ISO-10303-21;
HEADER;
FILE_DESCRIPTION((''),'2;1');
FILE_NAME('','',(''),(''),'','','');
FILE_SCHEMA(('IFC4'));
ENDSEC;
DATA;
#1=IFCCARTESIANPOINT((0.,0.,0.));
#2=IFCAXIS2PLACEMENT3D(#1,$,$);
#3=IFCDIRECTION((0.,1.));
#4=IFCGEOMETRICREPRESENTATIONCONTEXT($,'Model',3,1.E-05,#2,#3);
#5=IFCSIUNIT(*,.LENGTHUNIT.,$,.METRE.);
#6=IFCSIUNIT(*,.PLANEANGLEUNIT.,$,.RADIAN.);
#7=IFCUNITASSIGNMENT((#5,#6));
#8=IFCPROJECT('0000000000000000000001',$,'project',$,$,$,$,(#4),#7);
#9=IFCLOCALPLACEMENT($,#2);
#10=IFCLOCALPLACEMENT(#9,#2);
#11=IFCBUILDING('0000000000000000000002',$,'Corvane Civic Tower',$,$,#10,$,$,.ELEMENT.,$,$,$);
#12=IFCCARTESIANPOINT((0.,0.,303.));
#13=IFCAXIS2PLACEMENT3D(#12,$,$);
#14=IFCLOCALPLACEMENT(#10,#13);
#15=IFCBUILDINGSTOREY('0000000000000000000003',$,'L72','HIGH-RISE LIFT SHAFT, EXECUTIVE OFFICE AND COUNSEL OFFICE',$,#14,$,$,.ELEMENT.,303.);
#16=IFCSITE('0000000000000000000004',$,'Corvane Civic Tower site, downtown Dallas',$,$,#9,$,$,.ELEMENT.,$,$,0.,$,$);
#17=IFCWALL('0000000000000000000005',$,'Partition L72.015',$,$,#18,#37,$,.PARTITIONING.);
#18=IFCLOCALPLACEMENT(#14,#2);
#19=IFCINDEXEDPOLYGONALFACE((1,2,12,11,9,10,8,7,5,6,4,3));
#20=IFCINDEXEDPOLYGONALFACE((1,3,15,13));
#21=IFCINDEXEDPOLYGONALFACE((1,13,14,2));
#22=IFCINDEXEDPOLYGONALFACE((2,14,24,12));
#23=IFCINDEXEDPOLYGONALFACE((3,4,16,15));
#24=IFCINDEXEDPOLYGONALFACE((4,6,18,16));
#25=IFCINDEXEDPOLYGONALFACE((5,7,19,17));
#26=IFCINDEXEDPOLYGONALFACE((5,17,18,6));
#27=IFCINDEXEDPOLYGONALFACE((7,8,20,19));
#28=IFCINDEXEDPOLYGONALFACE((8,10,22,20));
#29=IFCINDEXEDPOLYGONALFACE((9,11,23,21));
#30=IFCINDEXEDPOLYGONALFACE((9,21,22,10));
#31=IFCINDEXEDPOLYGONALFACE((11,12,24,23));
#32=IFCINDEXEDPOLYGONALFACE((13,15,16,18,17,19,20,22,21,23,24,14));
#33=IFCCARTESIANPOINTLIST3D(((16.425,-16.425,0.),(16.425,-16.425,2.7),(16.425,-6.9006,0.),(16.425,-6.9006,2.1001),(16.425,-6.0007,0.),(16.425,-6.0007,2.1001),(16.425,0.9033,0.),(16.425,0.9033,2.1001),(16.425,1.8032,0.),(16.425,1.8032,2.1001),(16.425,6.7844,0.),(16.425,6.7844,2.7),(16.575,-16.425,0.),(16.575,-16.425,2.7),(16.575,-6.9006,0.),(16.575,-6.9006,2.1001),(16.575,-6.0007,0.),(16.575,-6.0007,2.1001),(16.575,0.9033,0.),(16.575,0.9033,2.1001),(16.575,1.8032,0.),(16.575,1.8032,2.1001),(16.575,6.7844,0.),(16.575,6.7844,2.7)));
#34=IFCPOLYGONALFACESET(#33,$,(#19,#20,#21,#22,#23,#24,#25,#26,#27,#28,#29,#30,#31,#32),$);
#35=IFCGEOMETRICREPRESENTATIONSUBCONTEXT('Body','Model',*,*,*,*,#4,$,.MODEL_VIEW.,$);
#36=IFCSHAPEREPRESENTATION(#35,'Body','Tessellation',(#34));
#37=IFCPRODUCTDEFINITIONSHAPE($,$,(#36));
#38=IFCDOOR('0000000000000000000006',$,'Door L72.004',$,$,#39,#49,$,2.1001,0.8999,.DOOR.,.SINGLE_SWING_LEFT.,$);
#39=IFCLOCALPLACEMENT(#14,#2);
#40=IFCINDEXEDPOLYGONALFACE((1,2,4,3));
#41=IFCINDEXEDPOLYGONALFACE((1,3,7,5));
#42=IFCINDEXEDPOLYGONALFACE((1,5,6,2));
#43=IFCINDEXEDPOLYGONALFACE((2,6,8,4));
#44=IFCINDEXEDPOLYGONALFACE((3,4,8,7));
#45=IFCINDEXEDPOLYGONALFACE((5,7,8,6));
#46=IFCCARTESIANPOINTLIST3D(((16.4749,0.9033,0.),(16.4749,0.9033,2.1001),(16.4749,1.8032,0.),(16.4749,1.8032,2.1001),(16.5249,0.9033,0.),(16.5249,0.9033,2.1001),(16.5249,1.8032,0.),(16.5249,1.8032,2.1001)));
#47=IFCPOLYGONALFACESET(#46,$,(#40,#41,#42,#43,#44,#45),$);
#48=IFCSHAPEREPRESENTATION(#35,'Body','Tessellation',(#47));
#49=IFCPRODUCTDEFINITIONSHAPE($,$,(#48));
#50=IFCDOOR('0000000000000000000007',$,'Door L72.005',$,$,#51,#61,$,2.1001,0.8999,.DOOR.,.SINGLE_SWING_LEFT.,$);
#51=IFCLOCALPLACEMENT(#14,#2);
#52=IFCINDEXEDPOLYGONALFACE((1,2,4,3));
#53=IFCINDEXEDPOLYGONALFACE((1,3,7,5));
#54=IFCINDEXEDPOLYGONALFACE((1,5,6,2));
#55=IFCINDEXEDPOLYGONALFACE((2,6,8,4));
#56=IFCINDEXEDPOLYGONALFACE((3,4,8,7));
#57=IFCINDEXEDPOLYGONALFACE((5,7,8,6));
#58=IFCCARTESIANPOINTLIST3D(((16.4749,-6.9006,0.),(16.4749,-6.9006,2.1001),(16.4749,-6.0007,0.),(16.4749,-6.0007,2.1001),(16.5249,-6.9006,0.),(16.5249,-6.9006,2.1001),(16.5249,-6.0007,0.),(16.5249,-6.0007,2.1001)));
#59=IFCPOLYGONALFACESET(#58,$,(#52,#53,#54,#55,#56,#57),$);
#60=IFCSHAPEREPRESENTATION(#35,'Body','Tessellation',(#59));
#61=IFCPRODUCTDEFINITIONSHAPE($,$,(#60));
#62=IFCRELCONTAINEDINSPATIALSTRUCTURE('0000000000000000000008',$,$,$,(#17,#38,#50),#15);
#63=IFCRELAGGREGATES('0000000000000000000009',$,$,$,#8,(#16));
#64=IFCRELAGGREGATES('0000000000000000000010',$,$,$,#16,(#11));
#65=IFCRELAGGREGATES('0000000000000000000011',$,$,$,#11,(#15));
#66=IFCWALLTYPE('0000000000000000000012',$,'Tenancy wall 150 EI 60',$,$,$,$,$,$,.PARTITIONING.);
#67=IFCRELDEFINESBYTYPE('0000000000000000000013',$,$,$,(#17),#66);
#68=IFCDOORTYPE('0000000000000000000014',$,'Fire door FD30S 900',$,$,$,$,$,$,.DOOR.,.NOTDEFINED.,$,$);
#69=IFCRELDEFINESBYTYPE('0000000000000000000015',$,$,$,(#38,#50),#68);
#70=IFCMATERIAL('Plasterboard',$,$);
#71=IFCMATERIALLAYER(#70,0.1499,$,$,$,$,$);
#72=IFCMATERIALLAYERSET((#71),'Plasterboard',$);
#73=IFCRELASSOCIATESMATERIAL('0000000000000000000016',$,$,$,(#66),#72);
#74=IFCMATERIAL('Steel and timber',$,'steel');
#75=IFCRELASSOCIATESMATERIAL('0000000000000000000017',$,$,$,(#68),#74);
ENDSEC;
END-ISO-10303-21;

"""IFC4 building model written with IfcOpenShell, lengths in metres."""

from ifc_helpers import new_model, si_unit, direction, frame, frame_2d, origin, place, context, subcontext, project, spatial, rectangle, extrude, material, layer, layer_set, type_object, element, fill, save


model = new_model("IFC4")

# Units and contexts
model_context = context("Model", 3, precision=1e-05, world=origin(), true_north=direction((0.0, 1.0)))
body_context = subcontext(model_context, "Body", "Model", "MODEL_VIEW")
ifc_project = project(units=[si_unit("LENGTHUNIT", "METRE"), si_unit("PLANEANGLEUNIT", "RADIAN")], contexts=[model_context])

# Site, building, storey
site_placement = place(None, origin())
site = spatial("IfcSite", under=ifc_project, at=site_placement, Name="Corvane Civic Tower site, downtown Dallas", CompositionType="ELEMENT", RefElevation=0.0)
building_placement = place(site_placement, origin())
building = spatial("IfcBuilding", under=site, at=building_placement, Name="Corvane Civic Tower", CompositionType="ELEMENT")
storey_placement = place(building_placement, frame((0.0, 0.0, 303.0)))
storey = spatial("IfcBuildingStorey", under=building, at=storey_placement, Name="L72", Description="HIGH-RISE LIFT SHAFT, EXECUTIVE OFFICE AND COUNSEL OFFICE", CompositionType="ELEMENT", Elevation=303.0)

# Wall, openings, doors
ifc_material_1 = material(Name="Plasterboard")
ifc_layer_1 = layer(ifc_material_1, 0.1499)
ifc_layer_set_1 = layer_set([ifc_layer_1], Name="Plasterboard")
wall_type_1 = type_object("IfcWallType", Name="Tenancy wall 150 EI 60", PredefinedType="PARTITIONING", material=ifc_layer_set_1)
wall_1_placement = place(storey_placement, frame((16.5, -16.425, 0.0), z_axis=(0.0, 0.0, 1.0), x_axis=(0.0, 1.0, 0.0)))
wall_1 = element("IfcWall", 1, at=wall_1_placement, inside=storey, type_object=wall_type_1, Name="Partition L72.015", PredefinedType="PARTITIONING", context=body_context, shape_type="SweptSolid", body=[
    extrude(rectangle(XDim=23.2095, YDim=0.1499, at=frame_2d((11.6047, 0.0))), origin(), (0.0, 0.0, 1.0), 2.7),
])
opening_1_placement = place(wall_1_placement, frame((17.3284, 0.0, 0.0)))
opening_1 = element("IfcOpeningElement", 2, at=opening_1_placement, cuts=wall_1, PredefinedType="OPENING", context=body_context, shape_type="SweptSolid", body=[
    extrude(rectangle(XDim=0.8999, YDim=2.1001, at=frame_2d((0.45, 1.05))), frame((0.0, 0.085, 0.0), z_axis=(0.0, -1.0, 0.0), x_axis=(1.0, 0.0, 0.0)), (0.0, 0.0, 1.0), 0.1699),
])
opening_2_placement = place(wall_1_placement, frame((9.5244, 0.0, 0.0)))
opening_2 = element("IfcOpeningElement", 3, at=opening_2_placement, cuts=wall_1, PredefinedType="OPENING", context=body_context, shape_type="SweptSolid", body=[
    extrude(rectangle(XDim=0.8999, YDim=2.1001, at=frame_2d((0.45, 1.05))), frame((0.0, 0.085, 0.0), z_axis=(0.0, -1.0, 0.0), x_axis=(1.0, 0.0, 0.0)), (0.0, 0.0, 1.0), 0.1699),
])
ifc_material_2 = material(Name="Steel and timber", Category="steel")
door_type_1 = type_object("IfcDoorType", Name="Fire door FD30S 900", OperationType="NOTDEFINED", PredefinedType="DOOR", material=ifc_material_2)
door_1_placement = place(opening_1_placement, frame((0.8999, 0.0, 0.0), z_axis=(0.0, 0.0, 1.0), x_axis=(-1.0, 0.0, 0.0)))
door_1 = element("IfcDoor", 4, at=door_1_placement, inside=storey, type_object=door_type_1, Name="Door L72.004", OperationType="SINGLE_SWING_LEFT", OverallHeight=2.1001, OverallWidth=0.8999, PredefinedType="DOOR", context=body_context, shape_type="SweptSolid", body=[
    extrude(rectangle(XDim=0.8999, YDim=2.1001, at=frame_2d((0.45, 1.05))), frame((0.0, 0.0249, 0.0), z_axis=(0.0, -1.0, 0.0), x_axis=(1.0, 0.0, 0.0)), (0.0, 0.0, 1.0), 0.05),
])
fill(opening_1, door_1)
door_2_placement = place(opening_2_placement, frame((0.8999, 0.0, 0.0), z_axis=(0.0, 0.0, 1.0), x_axis=(-1.0, 0.0, 0.0)))
door_2 = element("IfcDoor", 5, at=door_2_placement, inside=storey, type_object=door_type_1, Name="Door L72.005", OperationType="SINGLE_SWING_LEFT", OverallHeight=2.1001, OverallWidth=0.8999, PredefinedType="DOOR", context=body_context, shape_type="SweptSolid", body=[
    extrude(rectangle(XDim=0.8999, YDim=2.1001, at=frame_2d((0.45, 1.05))), frame((0.0, 0.0249, 0.0), z_axis=(0.0, -1.0, 0.0), x_axis=(1.0, 0.0, 0.0)), (0.0, 0.0, 1.0), 0.05),
])
fill(opening_2, door_2)

save(model, "model.ifc")
